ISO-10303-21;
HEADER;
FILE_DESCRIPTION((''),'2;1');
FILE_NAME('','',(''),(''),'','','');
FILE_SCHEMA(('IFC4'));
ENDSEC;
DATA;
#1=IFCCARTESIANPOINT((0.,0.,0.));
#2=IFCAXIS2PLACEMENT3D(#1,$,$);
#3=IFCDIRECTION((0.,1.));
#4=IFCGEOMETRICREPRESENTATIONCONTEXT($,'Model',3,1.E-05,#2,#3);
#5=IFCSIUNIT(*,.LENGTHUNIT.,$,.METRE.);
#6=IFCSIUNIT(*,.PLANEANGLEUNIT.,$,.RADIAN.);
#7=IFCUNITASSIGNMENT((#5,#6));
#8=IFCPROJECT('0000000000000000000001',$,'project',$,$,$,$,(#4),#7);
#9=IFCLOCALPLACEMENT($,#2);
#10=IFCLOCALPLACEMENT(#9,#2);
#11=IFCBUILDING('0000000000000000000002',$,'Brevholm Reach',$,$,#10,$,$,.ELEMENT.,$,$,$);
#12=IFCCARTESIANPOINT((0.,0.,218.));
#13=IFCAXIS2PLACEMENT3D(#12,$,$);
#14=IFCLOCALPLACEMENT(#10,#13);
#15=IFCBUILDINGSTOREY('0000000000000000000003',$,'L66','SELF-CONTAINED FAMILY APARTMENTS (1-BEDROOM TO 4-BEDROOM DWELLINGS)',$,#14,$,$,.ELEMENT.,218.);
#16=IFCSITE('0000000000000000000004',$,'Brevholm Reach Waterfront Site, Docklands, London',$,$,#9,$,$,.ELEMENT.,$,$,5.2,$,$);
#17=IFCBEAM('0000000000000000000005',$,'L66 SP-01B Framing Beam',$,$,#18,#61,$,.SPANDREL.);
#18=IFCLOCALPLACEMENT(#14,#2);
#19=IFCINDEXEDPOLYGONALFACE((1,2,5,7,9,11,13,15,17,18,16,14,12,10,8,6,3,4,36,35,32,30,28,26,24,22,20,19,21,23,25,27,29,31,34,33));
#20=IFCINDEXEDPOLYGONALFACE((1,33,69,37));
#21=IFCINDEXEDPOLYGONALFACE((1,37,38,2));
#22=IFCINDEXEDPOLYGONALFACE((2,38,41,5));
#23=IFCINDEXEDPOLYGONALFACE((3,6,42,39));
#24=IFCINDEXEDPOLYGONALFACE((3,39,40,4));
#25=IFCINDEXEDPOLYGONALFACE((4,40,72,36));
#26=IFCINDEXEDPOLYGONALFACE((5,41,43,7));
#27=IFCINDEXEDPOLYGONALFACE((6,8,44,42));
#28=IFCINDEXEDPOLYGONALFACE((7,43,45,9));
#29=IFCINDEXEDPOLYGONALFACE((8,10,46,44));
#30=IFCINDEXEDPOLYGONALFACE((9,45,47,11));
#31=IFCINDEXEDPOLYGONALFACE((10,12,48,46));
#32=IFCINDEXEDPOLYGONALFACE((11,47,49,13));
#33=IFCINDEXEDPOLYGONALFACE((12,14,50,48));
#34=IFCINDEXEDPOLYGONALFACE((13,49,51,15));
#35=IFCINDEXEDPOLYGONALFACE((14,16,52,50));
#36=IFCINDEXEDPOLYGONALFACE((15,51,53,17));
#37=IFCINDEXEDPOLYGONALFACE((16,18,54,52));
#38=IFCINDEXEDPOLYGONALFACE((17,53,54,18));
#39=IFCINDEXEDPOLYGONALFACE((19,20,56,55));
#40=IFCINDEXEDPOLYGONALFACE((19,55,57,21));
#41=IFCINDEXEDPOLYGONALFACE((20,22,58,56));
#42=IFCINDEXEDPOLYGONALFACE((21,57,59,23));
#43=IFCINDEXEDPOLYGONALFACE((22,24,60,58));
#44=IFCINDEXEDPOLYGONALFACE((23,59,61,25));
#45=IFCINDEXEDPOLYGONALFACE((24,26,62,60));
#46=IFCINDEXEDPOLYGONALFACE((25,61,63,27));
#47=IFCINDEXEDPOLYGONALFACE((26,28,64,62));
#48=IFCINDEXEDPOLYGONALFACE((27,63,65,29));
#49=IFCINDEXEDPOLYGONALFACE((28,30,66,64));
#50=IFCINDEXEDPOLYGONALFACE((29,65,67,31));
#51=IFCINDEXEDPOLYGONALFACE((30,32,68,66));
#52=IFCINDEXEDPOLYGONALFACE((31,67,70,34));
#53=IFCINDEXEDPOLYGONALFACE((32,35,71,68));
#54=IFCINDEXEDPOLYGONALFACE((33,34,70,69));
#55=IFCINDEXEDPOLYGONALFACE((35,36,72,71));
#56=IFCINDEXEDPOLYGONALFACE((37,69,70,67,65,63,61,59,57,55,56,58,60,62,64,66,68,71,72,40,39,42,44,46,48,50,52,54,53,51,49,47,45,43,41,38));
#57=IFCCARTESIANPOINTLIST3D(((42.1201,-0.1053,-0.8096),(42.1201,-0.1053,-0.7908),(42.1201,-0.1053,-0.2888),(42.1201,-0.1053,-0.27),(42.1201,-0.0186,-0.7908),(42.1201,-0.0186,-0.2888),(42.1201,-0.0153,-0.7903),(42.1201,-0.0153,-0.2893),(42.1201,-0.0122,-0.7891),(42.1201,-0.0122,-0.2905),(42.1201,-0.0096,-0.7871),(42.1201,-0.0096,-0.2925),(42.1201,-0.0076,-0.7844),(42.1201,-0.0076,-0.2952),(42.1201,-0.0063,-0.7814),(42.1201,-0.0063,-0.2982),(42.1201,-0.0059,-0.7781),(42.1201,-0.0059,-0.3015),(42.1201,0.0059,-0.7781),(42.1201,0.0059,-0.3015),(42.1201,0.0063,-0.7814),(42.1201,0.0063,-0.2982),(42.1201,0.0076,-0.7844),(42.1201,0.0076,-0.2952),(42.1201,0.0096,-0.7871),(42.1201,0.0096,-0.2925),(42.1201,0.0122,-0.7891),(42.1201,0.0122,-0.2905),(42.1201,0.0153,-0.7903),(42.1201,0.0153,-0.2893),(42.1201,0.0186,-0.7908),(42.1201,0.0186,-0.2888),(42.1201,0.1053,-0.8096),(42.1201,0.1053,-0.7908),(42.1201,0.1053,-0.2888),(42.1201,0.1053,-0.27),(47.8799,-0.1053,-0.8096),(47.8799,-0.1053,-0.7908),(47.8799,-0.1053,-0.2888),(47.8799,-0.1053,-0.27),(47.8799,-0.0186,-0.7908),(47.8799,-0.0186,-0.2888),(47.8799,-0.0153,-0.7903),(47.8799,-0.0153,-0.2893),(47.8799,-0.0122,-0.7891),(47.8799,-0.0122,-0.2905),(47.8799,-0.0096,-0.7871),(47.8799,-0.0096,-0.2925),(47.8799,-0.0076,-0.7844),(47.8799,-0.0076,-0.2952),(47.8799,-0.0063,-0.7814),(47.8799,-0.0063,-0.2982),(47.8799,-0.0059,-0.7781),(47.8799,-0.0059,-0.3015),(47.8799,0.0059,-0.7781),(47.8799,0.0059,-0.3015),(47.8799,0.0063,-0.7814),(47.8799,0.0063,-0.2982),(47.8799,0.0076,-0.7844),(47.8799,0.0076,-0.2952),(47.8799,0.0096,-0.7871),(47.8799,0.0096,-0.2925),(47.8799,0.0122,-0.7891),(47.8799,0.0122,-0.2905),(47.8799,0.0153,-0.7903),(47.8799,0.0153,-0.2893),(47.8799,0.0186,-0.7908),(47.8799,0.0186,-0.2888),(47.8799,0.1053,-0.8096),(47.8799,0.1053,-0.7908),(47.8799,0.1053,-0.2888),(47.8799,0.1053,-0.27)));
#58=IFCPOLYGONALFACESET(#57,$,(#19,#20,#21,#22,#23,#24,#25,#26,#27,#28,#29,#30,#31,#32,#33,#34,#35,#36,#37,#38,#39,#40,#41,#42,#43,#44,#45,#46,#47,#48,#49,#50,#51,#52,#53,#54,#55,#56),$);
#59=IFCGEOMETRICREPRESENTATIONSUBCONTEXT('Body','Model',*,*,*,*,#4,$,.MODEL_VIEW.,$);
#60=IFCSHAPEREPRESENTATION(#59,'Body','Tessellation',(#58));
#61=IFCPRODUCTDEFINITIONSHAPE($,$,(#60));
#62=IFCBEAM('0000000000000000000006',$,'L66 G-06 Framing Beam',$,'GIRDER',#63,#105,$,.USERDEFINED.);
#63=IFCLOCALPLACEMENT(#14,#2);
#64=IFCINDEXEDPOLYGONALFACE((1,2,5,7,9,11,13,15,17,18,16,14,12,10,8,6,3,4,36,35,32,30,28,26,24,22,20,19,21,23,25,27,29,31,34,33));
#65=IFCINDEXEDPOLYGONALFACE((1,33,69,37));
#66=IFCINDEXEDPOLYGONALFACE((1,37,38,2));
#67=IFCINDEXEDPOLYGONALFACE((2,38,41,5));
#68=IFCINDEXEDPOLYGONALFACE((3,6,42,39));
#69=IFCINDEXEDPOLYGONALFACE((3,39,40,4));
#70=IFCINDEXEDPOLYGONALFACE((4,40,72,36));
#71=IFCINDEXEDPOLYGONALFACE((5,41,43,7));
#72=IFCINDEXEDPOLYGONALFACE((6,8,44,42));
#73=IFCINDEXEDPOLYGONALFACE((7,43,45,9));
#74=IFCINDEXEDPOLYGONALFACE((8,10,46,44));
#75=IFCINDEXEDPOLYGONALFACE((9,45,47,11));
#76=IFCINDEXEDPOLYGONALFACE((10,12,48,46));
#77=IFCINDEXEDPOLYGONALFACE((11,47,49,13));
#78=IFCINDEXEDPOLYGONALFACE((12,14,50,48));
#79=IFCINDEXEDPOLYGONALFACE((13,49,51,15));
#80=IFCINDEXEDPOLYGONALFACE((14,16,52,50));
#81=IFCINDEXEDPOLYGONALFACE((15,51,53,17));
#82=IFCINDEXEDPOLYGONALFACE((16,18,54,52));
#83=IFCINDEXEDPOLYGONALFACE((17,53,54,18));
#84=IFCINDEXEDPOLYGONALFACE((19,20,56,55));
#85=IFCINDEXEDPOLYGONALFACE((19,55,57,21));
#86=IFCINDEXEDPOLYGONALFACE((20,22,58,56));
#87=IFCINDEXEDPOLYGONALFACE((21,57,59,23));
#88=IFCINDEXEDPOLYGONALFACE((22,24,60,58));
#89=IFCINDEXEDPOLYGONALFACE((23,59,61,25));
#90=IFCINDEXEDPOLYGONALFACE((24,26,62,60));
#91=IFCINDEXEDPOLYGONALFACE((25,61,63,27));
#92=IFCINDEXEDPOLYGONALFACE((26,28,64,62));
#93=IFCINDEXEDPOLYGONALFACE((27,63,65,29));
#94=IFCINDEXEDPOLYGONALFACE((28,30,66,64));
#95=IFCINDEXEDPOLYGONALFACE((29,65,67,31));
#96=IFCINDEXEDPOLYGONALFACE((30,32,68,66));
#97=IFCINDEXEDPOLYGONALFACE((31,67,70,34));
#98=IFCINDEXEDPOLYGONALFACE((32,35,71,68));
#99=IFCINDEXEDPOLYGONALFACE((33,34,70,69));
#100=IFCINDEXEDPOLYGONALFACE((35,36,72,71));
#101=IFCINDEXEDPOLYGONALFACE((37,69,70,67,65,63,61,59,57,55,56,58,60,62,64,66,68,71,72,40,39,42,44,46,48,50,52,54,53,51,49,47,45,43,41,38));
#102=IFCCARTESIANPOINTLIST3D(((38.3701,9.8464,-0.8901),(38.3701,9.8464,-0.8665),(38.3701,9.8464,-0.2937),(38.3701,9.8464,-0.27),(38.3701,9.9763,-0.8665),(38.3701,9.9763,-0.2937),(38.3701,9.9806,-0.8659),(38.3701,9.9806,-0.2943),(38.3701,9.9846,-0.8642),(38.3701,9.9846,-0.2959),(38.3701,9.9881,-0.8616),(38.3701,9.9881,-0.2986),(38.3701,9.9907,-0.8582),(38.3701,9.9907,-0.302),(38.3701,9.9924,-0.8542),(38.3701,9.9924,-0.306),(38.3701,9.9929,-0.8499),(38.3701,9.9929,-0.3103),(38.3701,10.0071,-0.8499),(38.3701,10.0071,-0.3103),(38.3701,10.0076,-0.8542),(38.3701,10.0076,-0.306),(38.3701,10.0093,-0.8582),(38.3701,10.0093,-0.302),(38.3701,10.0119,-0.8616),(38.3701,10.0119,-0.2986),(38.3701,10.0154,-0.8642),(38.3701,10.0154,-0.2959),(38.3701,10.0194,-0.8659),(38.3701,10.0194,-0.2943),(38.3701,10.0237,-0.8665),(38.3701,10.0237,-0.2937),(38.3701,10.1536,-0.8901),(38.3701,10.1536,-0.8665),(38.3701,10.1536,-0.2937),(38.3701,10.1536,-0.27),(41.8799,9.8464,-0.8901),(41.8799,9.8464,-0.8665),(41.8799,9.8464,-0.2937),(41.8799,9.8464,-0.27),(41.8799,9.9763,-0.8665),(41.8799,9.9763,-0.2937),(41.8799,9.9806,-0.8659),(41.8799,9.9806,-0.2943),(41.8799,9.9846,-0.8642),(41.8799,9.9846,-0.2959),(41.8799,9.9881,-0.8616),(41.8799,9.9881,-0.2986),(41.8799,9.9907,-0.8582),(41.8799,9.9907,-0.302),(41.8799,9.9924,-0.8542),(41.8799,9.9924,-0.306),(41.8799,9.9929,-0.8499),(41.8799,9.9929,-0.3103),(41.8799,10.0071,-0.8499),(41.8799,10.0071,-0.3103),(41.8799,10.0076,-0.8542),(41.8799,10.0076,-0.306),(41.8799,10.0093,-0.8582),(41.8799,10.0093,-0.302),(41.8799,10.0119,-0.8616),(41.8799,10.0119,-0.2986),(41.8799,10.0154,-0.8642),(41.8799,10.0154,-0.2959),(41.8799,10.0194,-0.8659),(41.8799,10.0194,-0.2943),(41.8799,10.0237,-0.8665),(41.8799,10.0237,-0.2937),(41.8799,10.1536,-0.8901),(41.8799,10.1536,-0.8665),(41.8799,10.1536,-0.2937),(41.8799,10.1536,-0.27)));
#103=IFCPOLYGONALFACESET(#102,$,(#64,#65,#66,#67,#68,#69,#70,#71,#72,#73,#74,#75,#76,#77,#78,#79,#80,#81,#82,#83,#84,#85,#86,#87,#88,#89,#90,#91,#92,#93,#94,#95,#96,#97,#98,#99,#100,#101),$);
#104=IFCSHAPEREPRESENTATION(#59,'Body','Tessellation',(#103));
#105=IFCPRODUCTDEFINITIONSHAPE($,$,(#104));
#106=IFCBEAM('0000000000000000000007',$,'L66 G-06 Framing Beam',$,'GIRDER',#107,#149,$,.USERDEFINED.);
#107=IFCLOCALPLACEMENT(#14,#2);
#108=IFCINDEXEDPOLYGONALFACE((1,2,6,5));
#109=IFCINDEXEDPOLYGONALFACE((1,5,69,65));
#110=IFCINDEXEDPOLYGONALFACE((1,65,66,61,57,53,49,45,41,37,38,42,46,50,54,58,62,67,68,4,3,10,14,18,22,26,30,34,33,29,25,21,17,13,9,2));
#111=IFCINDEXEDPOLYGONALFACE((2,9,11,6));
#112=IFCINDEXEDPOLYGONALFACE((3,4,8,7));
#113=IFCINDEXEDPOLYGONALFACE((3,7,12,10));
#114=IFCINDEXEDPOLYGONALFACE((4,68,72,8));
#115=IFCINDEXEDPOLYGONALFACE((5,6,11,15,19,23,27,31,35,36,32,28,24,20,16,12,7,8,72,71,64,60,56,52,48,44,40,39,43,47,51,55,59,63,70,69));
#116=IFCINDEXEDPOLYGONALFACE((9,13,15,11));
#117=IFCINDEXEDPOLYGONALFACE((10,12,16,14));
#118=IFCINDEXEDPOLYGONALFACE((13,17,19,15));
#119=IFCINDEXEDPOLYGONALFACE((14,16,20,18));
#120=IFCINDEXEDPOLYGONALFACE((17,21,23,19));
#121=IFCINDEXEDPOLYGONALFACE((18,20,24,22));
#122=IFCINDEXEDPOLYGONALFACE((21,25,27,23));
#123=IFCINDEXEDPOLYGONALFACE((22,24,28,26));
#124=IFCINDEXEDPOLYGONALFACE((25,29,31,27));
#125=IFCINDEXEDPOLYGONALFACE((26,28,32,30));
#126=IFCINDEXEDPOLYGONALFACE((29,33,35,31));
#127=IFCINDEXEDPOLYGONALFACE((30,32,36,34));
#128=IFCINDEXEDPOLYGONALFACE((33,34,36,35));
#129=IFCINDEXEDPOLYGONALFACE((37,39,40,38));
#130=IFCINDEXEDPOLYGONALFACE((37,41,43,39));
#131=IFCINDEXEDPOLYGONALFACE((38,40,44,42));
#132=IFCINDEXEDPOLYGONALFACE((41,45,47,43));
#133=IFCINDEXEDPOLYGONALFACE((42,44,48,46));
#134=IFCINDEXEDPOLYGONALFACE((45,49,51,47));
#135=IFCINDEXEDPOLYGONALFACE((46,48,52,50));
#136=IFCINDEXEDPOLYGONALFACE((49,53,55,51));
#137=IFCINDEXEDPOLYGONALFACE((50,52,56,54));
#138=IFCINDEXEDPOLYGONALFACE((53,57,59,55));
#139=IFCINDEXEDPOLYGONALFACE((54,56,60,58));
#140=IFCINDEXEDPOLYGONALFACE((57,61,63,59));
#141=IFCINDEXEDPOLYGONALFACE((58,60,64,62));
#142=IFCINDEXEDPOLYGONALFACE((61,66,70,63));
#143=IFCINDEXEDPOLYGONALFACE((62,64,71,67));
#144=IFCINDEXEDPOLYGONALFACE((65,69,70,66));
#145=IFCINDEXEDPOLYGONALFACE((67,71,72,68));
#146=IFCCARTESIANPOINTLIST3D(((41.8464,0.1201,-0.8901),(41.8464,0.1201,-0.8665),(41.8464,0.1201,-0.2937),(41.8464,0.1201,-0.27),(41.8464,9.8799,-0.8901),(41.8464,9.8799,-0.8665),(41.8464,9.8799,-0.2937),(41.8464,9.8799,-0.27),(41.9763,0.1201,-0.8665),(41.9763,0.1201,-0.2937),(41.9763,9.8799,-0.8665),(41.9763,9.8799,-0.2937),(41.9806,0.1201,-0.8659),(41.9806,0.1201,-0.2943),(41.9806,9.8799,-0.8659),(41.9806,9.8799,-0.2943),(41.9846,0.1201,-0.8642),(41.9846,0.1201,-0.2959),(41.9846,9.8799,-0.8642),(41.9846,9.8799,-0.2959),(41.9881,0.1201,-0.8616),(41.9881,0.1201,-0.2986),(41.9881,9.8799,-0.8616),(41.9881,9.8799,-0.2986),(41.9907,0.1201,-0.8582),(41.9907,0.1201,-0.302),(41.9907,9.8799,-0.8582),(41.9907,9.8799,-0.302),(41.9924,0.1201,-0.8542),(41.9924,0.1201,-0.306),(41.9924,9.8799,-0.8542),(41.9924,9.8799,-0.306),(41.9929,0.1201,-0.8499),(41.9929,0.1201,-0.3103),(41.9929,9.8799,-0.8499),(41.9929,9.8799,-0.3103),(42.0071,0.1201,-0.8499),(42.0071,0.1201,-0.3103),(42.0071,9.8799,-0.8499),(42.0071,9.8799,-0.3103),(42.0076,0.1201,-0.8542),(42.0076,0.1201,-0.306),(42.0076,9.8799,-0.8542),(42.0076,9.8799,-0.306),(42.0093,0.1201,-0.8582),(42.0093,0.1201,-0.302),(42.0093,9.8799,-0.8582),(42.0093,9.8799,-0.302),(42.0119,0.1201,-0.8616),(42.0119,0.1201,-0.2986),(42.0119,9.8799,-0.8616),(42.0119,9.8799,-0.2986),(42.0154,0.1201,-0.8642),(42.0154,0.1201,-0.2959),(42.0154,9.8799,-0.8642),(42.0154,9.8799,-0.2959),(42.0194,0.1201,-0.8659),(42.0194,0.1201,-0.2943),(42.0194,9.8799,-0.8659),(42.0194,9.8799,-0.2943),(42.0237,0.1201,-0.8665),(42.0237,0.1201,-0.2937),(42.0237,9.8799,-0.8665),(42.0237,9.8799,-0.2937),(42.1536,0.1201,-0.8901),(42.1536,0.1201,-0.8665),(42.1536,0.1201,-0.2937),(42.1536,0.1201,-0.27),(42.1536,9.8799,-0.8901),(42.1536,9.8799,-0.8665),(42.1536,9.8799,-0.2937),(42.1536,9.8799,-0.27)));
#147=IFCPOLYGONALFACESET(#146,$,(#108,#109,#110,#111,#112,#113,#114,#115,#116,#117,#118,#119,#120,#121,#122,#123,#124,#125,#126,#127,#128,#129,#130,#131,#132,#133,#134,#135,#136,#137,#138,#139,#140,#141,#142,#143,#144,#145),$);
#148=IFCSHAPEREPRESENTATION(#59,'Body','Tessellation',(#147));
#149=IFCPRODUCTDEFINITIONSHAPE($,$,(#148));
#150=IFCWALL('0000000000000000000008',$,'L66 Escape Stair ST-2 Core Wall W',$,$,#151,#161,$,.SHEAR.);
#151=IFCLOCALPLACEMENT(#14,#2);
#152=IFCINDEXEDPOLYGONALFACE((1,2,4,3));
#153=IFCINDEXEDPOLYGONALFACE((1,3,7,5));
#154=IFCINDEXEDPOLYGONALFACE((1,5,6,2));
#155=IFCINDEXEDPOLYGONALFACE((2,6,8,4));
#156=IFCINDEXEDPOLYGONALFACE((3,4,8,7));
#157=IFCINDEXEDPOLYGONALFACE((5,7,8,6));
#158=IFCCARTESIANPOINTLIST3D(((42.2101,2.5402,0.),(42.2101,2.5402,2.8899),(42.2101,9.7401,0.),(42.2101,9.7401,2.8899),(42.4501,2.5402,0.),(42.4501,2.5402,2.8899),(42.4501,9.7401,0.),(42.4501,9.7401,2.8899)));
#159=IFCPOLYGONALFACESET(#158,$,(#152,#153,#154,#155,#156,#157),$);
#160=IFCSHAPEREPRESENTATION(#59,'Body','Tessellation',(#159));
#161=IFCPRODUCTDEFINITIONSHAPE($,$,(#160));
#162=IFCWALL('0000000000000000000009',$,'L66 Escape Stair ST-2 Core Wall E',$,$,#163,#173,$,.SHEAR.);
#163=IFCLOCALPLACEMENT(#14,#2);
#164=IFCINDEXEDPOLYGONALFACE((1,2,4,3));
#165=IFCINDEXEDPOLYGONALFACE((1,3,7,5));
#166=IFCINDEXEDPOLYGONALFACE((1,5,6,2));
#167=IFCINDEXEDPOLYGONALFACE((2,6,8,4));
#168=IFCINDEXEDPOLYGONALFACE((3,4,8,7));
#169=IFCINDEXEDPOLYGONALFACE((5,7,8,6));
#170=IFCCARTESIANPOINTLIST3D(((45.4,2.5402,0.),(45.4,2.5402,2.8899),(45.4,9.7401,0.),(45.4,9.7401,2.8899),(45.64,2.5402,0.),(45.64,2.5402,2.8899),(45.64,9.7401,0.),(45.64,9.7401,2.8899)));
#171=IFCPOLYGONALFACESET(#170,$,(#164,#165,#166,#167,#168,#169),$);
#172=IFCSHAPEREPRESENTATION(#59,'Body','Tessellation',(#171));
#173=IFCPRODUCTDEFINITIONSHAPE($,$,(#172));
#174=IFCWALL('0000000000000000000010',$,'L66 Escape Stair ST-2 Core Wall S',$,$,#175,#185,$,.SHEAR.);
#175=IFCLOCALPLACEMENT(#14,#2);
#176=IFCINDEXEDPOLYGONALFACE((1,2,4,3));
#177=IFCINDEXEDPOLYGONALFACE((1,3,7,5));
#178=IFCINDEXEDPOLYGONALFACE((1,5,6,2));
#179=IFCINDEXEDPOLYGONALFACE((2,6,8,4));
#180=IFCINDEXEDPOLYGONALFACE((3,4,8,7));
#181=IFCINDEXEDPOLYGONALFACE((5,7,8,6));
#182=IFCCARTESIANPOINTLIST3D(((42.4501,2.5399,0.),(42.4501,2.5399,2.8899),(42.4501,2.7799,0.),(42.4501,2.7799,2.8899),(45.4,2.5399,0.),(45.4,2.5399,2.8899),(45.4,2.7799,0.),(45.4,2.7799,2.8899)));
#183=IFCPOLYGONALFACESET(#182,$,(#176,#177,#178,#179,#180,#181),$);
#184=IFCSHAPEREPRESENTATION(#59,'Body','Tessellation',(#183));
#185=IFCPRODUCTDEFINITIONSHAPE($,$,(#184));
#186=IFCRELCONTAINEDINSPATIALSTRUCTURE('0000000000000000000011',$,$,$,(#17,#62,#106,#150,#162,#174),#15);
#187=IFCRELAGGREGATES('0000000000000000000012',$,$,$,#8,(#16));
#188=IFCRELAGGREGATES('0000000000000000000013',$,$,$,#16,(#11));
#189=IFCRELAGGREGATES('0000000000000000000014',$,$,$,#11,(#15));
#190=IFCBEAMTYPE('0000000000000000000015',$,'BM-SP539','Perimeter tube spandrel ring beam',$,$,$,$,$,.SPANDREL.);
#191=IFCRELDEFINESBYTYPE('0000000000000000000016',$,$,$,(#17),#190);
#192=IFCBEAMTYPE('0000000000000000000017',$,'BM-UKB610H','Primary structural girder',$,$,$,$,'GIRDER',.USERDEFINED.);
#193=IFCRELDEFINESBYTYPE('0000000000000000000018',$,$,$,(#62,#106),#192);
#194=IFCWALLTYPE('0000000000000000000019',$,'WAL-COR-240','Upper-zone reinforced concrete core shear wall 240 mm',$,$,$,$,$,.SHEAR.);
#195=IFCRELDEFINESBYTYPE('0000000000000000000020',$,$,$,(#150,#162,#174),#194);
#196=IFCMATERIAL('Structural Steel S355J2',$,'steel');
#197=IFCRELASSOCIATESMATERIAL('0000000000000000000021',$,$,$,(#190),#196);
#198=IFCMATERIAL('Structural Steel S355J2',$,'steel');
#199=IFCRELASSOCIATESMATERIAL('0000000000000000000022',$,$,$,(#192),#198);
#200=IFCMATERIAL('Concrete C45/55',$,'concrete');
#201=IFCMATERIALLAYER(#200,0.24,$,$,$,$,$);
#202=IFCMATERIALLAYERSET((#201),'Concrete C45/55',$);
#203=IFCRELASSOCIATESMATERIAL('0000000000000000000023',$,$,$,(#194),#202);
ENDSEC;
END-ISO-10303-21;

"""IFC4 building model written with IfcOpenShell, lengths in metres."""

from ifc_helpers import new_model, si_unit, direction, frame, frame_2d, origin, origin_2d, place, context, subcontext, project, spatial, rectangle, i_section, extrude, material, layer, layer_set, material_profile, profile_set, type_object, element, save


model = new_model("IFC4")

# Units and contexts
model_context = context("Model", 3, precision=1e-05, world=origin(), true_north=direction((0.0, 1.0)))
body_context = subcontext(model_context, "Body", "Model", "MODEL_VIEW")
ifc_project = project(units=[si_unit("LENGTHUNIT", "METRE"), si_unit("PLANEANGLEUNIT", "RADIAN")], contexts=[model_context])

# Site, building, storey
site_placement = place(None, origin())
site = spatial("IfcSite", under=ifc_project, at=site_placement, Name="Brevholm Reach Waterfront Site, Docklands, London", CompositionType="ELEMENT", RefElevation=5.2)
building_placement = place(site_placement, origin())
building = spatial("IfcBuilding", under=site, at=building_placement, Name="Brevholm Reach", CompositionType="ELEMENT")
storey_placement = place(building_placement, frame((0.0, 0.0, 218.0)))
storey = spatial("IfcBuildingStorey", under=building, at=storey_placement, Name="L66", Description="SELF-CONTAINED FAMILY APARTMENTS (1-BEDROOM TO 4-BEDROOM DWELLINGS)", CompositionType="ELEMENT", Elevation=218.0)

# Beams
ifc_material_1 = material(Name="Structural Steel S355J2", Category="steel")
ifc_material_profile_1 = material_profile(ifc_material_1, i_section(OverallWidth=0.2107, OverallDepth=0.5396, WebThickness=0.0117, FlangeThickness=0.0188, FilletRadius=0.0127, at=origin_2d()), Name="UKB 533x210x109")
ifc_profile_set_1 = profile_set([ifc_material_profile_1], Name="Structural Steel S355J2")
beam_type_1 = type_object("IfcBeamType", Name="BM-SP539", Description="Perimeter tube spandrel ring beam", PredefinedType="SPANDREL", material=ifc_profile_set_1)
beam_1_placement = place(storey_placement, frame((42.1201, 0.0, -0.5398), z_axis=(1.0, 0.0, 0.0), x_axis=(0.0, 1.0, 0.0)))
element("IfcBeam", 1, at=beam_1_placement, inside=storey, type_object=beam_type_1, Name="L66 SP-01B Framing Beam", PredefinedType="SPANDREL", context=body_context, shape_type="SweptSolid", body=[
    extrude(i_section(OverallWidth=0.2107, OverallDepth=0.5396, WebThickness=0.0117, FlangeThickness=0.0188, FilletRadius=0.0127, at=origin_2d()), origin(), (0.0, 0.0, 1.0), 5.7598),
])
ifc_material_2 = material(Name="Structural Steel S355J2", Category="steel")
ifc_material_profile_2 = material_profile(ifc_material_2, i_section(OverallWidth=0.3071, OverallDepth=0.6201, WebThickness=0.0142, FlangeThickness=0.0237, FilletRadius=0.0166, at=origin_2d()), Name="UKB 610x305x179")
ifc_profile_set_2 = profile_set([ifc_material_profile_2], Name="Structural Steel S355J2")
beam_type_2 = type_object("IfcBeamType", Name="BM-UKB610H", Description="Primary structural girder", ElementType="GIRDER", PredefinedType="USERDEFINED", material=ifc_profile_set_2)
beam_2_placement = place(storey_placement, frame((38.3701, 10.0, -0.5801), z_axis=(1.0, 0.0, 0.0), x_axis=(0.0, 1.0, 0.0)))
element("IfcBeam", 2, at=beam_2_placement, inside=storey, type_object=beam_type_2, Name="L66 G-06 Framing Beam", ObjectType="GIRDER", PredefinedType="USERDEFINED", context=body_context, shape_type="SweptSolid", body=[
    extrude(i_section(OverallWidth=0.3071, OverallDepth=0.6201, WebThickness=0.0142, FlangeThickness=0.0237, FilletRadius=0.0166, at=origin_2d()), origin(), (0.0, 0.0, 1.0), 3.5098),
])
beam_3_placement = place(storey_placement, frame((42.0, 0.1201, -0.5801), z_axis=(0.0, 1.0, 0.0), x_axis=(-1.0, 0.0, 0.0)))
element("IfcBeam", 3, at=beam_3_placement, inside=storey, type_object=beam_type_2, Name="L66 G-06 Framing Beam", ObjectType="GIRDER", PredefinedType="USERDEFINED", context=body_context, shape_type="SweptSolid", body=[
    extrude(i_section(OverallWidth=0.3071, OverallDepth=0.6201, WebThickness=0.0142, FlangeThickness=0.0237, FilletRadius=0.0166, at=origin_2d()), origin(), (0.0, 0.0, 1.0), 9.7598),
])

# Walls
ifc_material_3 = material(Name="Concrete C45/55", Category="concrete")
ifc_layer_1 = layer(ifc_material_3, 0.24)
ifc_layer_set_1 = layer_set([ifc_layer_1], Name="Concrete C45/55")
wall_type_1 = type_object("IfcWallType", Name="WAL-COR-240", Description="Upper-zone reinforced concrete core shear wall 240 mm", PredefinedType="SHEAR", material=ifc_layer_set_1)
for number, where, z_axis, x_axis, name in (
    (4, (42.3301, 2.54, 0.0), (0.0, 0.0, 1.0), (0.0, 1.0, 0.0), "L66 Escape Stair ST-2 Core Wall W"),
    (5, (45.52, 2.54, 0.0), (0.0, 0.0, 1.0), (0.0, 1.0, 0.0), "L66 Escape Stair ST-2 Core Wall E"),
):
    element("IfcWall", number, at=place(storey_placement, frame(where, z_axis=z_axis, x_axis=x_axis)), inside=storey, type_object=wall_type_1, Name=name, PredefinedType="SHEAR", context=body_context, shape_type="SweptSolid", body=[
        extrude(rectangle(XDim=7.2, YDim=0.24, at=frame_2d((3.6001, 0.0))), origin(), (0.0, 0.0, 1.0), 2.8899),
    ])
wall_1_placement = place(storey_placement, frame((42.45, 2.6599, 0.0), z_axis=(0.0, 0.0, 1.0), x_axis=(1.0, 0.0, 0.0)))
element("IfcWall", 6, at=wall_1_placement, inside=storey, type_object=wall_type_1, Name="L66 Escape Stair ST-2 Core Wall S", PredefinedType="SHEAR", context=body_context, shape_type="SweptSolid", body=[
    extrude(rectangle(XDim=2.95, YDim=0.24, at=frame_2d((1.4751, 0.0))), origin(), (0.0, 0.0, 1.0), 2.8899),
])

save(model, "model.ifc")
